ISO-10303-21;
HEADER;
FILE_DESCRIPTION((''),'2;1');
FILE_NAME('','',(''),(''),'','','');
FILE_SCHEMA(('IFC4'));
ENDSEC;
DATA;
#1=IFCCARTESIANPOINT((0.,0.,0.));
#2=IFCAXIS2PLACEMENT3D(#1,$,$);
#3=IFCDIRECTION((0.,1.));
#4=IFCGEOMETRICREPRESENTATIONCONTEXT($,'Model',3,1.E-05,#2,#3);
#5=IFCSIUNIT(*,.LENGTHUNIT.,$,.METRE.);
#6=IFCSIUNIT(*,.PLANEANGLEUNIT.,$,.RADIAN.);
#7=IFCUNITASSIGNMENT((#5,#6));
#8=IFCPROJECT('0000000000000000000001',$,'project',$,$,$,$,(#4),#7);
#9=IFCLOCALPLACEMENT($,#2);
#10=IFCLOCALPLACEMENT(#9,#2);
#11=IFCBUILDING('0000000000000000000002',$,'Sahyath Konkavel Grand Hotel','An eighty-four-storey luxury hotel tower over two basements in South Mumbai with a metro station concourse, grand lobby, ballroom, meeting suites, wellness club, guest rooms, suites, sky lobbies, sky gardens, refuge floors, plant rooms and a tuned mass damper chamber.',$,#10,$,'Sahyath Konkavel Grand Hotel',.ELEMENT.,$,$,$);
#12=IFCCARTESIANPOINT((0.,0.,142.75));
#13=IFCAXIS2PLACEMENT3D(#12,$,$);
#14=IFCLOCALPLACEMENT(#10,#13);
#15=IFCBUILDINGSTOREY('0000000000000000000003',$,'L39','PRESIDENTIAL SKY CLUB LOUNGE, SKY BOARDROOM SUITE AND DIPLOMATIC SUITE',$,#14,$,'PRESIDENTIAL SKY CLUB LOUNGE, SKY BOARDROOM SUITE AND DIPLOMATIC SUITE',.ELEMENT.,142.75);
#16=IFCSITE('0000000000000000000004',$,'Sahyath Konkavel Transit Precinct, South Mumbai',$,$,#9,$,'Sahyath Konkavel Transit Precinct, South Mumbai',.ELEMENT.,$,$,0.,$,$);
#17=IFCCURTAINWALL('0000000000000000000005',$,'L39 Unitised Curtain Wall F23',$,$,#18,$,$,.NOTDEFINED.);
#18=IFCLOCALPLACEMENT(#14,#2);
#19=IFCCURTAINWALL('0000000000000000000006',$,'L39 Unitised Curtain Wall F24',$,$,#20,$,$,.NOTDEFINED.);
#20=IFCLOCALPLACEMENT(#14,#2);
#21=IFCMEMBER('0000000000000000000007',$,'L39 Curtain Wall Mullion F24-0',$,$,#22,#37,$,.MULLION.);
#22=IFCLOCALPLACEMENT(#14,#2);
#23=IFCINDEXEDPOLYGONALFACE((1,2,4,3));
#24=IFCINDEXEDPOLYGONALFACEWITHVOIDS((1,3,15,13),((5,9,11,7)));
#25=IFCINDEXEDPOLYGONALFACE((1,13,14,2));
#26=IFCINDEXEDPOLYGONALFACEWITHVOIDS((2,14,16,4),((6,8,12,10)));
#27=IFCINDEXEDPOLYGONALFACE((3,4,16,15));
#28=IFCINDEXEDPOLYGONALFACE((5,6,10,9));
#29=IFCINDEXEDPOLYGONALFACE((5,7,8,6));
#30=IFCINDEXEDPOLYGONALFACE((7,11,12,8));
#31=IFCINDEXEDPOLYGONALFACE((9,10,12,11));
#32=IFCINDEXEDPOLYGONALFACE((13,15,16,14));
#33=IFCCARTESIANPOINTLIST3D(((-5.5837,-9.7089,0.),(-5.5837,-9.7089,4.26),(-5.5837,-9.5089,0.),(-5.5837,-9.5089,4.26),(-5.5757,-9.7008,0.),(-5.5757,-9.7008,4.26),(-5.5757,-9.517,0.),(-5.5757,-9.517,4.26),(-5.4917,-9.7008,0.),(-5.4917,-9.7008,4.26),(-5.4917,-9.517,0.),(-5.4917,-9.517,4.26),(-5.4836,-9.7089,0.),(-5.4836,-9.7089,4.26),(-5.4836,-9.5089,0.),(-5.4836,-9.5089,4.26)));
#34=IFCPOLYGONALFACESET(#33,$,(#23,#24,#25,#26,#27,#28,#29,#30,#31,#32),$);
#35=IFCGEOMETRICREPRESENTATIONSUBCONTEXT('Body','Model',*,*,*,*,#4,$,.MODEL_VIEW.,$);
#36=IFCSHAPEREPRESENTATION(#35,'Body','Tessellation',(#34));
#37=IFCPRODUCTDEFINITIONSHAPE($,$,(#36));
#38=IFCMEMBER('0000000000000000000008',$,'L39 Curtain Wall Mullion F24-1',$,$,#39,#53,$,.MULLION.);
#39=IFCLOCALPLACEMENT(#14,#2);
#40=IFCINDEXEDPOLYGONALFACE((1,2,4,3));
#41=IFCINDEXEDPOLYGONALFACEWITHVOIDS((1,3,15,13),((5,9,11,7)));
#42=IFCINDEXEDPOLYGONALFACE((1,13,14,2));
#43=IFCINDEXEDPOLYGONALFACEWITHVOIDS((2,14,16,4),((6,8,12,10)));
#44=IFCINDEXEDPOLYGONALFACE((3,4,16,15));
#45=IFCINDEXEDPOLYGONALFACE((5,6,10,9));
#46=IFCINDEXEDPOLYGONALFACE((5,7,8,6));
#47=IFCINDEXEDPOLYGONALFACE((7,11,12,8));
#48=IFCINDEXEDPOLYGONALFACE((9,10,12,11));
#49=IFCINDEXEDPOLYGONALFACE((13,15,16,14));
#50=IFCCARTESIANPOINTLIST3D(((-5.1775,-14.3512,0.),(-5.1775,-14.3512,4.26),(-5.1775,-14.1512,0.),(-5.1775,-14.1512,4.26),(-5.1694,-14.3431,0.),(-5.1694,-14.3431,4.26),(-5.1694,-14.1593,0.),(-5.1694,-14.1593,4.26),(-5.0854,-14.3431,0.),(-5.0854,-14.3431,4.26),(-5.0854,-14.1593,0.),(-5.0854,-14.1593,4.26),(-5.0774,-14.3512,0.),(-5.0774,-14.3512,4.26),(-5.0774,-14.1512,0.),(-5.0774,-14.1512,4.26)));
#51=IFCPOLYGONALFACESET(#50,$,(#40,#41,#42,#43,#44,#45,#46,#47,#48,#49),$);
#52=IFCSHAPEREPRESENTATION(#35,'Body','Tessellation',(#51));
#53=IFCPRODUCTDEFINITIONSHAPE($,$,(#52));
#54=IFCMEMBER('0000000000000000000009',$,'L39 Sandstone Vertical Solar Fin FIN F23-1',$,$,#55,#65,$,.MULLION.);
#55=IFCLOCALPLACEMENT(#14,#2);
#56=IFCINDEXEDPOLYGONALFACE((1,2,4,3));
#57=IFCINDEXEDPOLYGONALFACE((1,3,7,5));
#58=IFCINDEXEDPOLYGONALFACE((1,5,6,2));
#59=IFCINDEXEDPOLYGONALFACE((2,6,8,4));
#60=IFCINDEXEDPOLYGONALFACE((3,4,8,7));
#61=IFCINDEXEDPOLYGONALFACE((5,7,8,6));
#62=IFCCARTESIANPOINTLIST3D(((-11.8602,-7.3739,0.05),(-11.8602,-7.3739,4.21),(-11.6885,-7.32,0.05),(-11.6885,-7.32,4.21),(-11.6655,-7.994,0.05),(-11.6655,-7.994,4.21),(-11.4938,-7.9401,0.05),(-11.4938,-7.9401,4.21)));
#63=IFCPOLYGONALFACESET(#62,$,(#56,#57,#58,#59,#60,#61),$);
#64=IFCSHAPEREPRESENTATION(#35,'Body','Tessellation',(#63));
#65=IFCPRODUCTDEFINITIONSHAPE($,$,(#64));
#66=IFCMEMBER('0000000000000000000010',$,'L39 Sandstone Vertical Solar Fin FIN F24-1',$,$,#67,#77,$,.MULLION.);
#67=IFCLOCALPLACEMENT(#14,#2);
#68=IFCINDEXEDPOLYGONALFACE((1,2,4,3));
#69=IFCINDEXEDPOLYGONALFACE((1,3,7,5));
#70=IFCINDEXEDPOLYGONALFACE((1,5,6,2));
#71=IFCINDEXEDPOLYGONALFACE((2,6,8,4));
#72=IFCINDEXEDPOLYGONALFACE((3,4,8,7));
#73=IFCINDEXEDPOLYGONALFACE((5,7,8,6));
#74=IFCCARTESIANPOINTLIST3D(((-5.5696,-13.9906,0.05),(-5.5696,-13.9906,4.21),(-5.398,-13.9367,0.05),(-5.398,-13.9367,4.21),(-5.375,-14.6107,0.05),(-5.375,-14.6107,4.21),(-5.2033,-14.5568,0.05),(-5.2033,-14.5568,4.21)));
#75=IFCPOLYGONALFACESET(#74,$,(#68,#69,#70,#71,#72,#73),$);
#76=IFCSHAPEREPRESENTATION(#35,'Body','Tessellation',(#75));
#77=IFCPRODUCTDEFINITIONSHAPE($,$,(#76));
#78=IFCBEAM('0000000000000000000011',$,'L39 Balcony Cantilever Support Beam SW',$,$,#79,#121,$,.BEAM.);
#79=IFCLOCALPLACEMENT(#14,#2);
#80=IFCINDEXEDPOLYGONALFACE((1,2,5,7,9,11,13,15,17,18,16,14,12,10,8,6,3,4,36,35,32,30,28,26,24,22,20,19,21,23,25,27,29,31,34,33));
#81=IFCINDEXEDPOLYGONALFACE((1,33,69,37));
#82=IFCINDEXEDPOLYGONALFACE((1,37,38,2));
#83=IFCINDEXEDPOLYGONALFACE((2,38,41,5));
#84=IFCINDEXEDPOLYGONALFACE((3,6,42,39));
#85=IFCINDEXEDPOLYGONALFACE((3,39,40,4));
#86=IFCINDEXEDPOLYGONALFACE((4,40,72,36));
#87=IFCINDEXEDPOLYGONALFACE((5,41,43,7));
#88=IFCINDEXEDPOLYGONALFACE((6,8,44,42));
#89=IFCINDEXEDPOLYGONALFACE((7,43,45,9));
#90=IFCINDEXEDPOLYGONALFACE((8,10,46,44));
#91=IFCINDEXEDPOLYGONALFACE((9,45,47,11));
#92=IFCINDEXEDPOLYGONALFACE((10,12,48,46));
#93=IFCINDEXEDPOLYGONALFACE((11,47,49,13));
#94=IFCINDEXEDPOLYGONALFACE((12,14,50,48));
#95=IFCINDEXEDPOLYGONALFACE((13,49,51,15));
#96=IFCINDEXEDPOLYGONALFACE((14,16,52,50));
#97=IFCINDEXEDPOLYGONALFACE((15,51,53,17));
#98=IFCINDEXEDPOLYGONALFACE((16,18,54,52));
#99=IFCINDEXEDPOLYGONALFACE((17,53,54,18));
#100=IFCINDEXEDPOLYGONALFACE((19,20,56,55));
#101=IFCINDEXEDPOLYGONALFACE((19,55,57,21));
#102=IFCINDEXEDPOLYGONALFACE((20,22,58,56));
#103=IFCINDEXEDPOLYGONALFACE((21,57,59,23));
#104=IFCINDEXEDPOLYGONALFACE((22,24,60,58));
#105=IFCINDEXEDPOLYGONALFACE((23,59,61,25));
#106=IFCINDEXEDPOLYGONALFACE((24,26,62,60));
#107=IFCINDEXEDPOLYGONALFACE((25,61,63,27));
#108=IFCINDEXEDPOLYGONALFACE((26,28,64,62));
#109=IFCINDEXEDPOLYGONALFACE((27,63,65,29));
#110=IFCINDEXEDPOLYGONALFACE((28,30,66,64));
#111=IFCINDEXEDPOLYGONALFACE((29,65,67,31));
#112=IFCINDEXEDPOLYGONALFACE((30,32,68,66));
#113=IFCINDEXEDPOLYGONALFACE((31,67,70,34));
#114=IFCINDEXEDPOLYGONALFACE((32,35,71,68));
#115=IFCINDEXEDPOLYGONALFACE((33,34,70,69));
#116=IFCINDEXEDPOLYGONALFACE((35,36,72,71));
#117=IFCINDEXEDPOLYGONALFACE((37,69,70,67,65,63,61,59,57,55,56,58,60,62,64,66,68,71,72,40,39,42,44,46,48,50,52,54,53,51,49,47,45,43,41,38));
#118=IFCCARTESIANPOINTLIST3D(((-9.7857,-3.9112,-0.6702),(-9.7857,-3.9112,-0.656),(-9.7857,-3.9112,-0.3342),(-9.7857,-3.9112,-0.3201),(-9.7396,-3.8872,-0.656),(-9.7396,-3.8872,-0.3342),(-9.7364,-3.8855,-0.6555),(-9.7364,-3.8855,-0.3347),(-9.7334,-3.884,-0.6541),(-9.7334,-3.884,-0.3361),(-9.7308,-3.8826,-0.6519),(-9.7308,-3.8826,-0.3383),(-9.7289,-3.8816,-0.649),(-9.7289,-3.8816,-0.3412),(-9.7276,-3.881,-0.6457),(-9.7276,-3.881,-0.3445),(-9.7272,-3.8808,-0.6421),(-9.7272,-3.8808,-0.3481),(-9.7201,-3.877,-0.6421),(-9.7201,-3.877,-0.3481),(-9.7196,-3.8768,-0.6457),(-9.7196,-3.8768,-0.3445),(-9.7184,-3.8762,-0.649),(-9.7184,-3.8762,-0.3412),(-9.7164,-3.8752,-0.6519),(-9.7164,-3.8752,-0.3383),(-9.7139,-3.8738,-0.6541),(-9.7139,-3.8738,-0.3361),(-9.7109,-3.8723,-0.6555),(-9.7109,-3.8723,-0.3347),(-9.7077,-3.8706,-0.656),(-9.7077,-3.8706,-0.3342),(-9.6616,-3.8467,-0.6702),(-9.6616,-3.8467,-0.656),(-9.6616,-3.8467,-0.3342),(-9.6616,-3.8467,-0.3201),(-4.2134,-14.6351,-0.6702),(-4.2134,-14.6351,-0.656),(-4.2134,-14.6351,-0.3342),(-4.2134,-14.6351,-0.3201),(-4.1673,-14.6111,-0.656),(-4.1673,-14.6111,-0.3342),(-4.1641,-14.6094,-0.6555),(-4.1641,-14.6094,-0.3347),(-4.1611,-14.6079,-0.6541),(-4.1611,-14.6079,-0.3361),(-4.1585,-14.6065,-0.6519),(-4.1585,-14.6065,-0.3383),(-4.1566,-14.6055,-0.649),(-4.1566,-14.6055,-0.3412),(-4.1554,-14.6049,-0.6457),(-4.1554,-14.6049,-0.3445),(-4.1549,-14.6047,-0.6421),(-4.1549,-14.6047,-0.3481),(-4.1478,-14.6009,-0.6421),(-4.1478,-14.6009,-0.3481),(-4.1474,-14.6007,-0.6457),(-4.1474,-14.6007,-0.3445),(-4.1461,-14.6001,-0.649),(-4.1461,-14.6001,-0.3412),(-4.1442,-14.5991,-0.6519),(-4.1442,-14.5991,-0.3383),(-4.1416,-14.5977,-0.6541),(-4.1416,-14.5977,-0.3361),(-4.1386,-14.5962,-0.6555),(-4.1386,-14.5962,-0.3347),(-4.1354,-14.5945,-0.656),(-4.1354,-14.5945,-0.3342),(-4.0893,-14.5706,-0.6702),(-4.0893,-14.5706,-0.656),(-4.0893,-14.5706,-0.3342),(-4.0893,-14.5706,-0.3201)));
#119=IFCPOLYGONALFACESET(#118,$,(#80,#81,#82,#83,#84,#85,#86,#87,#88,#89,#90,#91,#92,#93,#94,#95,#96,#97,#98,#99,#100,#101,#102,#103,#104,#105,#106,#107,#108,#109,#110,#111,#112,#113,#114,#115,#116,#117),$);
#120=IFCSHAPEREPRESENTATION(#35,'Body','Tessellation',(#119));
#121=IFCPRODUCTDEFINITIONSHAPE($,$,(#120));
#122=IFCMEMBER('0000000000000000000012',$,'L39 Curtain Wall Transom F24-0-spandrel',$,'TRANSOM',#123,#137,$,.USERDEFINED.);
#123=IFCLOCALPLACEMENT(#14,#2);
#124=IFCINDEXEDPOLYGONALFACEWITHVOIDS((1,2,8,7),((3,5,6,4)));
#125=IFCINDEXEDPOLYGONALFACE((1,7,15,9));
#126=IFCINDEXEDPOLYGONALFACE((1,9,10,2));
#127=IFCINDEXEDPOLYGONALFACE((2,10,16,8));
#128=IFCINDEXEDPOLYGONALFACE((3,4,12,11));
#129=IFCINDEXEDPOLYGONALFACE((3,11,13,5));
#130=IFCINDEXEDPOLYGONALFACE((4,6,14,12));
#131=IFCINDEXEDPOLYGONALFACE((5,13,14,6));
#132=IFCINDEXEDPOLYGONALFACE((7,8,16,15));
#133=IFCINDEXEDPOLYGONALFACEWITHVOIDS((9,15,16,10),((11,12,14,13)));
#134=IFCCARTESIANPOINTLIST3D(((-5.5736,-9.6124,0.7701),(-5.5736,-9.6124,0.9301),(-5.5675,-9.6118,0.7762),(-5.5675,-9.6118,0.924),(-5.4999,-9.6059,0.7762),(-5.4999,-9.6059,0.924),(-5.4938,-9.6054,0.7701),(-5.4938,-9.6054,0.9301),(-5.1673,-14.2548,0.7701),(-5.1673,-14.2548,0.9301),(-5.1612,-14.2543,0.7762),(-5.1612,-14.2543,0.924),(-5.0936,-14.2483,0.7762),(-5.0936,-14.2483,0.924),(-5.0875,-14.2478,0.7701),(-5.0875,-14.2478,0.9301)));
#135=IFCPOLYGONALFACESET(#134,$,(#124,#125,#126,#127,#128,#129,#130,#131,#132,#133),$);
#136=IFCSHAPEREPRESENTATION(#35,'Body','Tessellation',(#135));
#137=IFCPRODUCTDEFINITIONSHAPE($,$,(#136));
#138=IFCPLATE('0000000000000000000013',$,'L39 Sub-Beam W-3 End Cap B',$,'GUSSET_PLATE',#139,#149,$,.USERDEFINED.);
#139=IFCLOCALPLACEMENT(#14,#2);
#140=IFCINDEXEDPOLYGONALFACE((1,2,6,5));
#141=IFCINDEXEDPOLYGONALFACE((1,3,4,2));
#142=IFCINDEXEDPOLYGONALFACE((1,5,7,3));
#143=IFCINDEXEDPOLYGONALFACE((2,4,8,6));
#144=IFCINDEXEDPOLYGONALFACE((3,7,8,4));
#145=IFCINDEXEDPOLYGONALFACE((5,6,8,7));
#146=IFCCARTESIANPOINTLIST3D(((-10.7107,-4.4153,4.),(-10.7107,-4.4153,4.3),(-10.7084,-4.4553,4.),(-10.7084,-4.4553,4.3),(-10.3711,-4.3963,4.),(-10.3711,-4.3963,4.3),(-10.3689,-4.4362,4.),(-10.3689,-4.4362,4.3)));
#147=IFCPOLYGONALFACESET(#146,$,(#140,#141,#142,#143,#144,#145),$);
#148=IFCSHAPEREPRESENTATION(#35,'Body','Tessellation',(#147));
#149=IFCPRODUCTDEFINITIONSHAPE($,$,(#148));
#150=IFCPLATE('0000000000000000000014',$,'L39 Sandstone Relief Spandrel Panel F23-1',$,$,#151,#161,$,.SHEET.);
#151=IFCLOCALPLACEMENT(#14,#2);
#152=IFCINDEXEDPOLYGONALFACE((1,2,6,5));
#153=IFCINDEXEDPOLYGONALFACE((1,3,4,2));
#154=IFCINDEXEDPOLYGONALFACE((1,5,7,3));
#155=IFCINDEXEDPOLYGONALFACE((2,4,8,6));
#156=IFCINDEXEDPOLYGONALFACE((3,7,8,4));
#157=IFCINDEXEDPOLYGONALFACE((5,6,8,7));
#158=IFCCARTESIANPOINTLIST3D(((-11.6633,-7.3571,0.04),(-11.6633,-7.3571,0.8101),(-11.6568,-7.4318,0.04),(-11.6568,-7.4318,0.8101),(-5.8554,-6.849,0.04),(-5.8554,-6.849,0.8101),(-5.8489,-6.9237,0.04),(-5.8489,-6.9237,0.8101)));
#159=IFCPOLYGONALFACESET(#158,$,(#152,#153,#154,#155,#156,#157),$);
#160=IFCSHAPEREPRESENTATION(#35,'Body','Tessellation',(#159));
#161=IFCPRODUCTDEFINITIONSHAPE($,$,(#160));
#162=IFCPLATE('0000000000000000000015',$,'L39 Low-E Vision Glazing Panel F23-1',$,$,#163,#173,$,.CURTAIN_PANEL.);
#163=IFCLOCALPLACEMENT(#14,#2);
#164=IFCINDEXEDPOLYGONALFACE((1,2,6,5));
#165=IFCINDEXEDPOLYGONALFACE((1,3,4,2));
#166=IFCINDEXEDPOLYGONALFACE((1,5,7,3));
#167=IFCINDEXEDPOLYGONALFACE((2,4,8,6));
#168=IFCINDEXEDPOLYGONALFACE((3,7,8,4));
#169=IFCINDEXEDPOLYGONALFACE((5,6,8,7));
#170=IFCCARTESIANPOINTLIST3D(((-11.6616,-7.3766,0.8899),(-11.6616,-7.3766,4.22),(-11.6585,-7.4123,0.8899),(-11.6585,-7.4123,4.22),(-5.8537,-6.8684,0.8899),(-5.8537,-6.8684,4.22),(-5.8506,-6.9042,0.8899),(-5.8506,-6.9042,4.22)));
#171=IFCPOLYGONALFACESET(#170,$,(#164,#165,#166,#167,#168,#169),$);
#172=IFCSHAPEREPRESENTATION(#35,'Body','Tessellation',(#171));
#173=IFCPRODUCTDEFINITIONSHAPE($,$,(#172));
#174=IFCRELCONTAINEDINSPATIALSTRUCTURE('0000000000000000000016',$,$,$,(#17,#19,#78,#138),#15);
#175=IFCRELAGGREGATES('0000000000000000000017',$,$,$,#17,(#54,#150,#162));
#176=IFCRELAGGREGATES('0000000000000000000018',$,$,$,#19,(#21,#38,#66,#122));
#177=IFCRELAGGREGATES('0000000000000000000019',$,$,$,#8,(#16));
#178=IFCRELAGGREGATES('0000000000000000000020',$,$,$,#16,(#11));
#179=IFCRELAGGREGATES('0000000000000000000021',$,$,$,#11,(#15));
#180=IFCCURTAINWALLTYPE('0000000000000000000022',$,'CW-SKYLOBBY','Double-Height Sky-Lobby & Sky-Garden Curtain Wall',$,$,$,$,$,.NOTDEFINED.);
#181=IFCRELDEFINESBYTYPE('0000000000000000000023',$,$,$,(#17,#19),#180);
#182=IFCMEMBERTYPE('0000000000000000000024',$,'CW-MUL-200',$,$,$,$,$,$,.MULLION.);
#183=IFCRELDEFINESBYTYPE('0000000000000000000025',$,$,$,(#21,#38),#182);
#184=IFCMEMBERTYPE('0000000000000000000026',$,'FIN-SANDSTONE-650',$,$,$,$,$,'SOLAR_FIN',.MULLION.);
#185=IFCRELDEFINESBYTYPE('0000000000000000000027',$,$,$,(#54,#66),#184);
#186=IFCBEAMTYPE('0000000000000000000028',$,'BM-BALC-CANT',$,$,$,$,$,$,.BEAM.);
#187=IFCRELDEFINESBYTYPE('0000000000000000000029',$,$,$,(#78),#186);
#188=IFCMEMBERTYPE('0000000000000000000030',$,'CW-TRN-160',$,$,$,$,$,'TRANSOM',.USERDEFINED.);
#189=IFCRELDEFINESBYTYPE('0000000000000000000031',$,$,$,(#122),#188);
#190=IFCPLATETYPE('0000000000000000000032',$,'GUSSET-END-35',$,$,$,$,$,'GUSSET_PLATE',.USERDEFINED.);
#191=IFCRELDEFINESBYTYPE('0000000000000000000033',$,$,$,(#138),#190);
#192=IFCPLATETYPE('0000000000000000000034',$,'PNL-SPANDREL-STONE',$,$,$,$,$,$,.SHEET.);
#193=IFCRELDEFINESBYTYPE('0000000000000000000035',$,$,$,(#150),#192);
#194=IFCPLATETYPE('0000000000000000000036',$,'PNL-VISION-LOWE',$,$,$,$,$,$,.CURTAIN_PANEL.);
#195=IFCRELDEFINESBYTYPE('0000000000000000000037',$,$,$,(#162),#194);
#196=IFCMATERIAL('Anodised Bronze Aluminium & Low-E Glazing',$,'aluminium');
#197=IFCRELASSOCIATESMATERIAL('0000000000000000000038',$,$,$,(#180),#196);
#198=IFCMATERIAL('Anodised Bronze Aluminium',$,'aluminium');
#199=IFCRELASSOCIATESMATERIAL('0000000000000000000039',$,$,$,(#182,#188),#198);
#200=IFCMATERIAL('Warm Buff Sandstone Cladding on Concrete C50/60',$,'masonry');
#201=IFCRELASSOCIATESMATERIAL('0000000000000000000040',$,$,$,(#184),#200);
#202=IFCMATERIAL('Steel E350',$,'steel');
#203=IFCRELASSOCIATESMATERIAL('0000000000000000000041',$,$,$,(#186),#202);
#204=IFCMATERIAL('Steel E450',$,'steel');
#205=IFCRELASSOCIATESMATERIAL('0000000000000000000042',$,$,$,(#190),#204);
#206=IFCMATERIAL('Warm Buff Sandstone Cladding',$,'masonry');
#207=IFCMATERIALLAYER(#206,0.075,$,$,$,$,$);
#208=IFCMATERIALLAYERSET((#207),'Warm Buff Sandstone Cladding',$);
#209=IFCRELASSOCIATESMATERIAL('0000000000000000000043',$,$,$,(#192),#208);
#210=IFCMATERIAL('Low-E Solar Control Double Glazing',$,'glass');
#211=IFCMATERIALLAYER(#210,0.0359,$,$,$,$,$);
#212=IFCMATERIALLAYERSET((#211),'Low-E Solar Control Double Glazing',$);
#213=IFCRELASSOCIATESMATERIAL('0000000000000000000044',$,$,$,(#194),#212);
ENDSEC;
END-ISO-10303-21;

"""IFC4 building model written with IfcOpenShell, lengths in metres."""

from ifc_helpers import new_model, si_unit, direction, frame, origin, origin_2d, place, context, subcontext, project, spatial, rectangle, hollow_rectangle, i_section, extrude, source, transform, mapped, material, layer, layer_set, material_profile, profile_set, type_object, element, aggregate, save


model = new_model("IFC4")

# Units and contexts
model_context = context("Model", 3, precision=1e-05, world=origin(), true_north=direction((0.0, 1.0)))
body_context = subcontext(model_context, "Body", "Model", "MODEL_VIEW")
ifc_project = project(units=[si_unit("LENGTHUNIT", "METRE"), si_unit("PLANEANGLEUNIT", "RADIAN")], contexts=[model_context])

# Site, building, storey
site_placement = place(None, origin())
site = spatial("IfcSite", under=ifc_project, at=site_placement, Name="Sahyath Konkavel Transit Precinct, South Mumbai", LongName="Sahyath Konkavel Transit Precinct, South Mumbai", CompositionType="ELEMENT", RefElevation=0.0)
building_placement = place(site_placement, origin())
building = spatial("IfcBuilding", under=site, at=building_placement, Name="Sahyath Konkavel Grand Hotel", Description="An eighty-four-storey luxury hotel tower over two basements in South Mumbai with a metro station concourse, grand lobby, ballroom, meeting suites, wellness club, guest rooms, suites, sky lobbies, sky gardens, refuge floors, plant rooms and a tuned mass damper chamber.", LongName="Sahyath Konkavel Grand Hotel", CompositionType="ELEMENT")
storey_placement = place(building_placement, frame((0.0, 0.0, 142.75)))
storey = spatial("IfcBuildingStorey", under=building, at=storey_placement, Name="L39", Description="PRESIDENTIAL SKY CLUB LOUNGE, SKY BOARDROOM SUITE AND DIPLOMATIC SUITE", LongName="PRESIDENTIAL SKY CLUB LOUNGE, SKY BOARDROOM SUITE AND DIPLOMATIC SUITE", CompositionType="ELEMENT", Elevation=142.75)

# Shared definitions
ifc_material_1 = material(Name="Steel E350", Category="steel")

# Curtain wall
ifc_material_2 = material(Name="Anodised Bronze Aluminium & Low-E Glazing", Category="aluminium")
curtain_wall_type = type_object("IfcCurtainWallType", Name="CW-SKYLOBBY", Description="Double-Height Sky-Lobby & Sky-Garden Curtain Wall", PredefinedType="NOTDEFINED", material=ifc_material_2)
curtain_wall_1_placement = place(storey_placement, origin())
curtain_wall_1 = element("IfcCurtainWall", 1, at=curtain_wall_1_placement, inside=storey, type_object=curtain_wall_type, Name="L39 Unitised Curtain Wall F23", PredefinedType="NOTDEFINED")
ifc_material_3 = material(Name="Anodised Bronze Aluminium", Category="aluminium")
ifc_material_profile_1 = material_profile(ifc_material_3, hollow_rectangle(XDim=0.1001, YDim=0.2, WallThickness=0.0081, at=origin_2d()), Name="RHS 200x100x8")
ifc_profile_set_1 = profile_set([ifc_material_profile_1], Name="Anodised Bronze Aluminium")
member_type_1 = type_object("IfcMemberType", Name="CW-MUL-200", PredefinedType="MULLION", material=ifc_profile_set_1)
shared_shape_1 = source(origin(), body_context, "Body", "SweptSolid", [
    extrude(hollow_rectangle(XDim=0.1001, YDim=0.2, WallThickness=0.0081, at=origin_2d()), origin(), (0.0, 0.0, 1.0), 4.26),
])

# Curtain wall, members
curtain_wall_2_placement = place(storey_placement, origin())
curtain_wall_2 = element("IfcCurtainWall", 2, at=curtain_wall_2_placement, inside=storey, type_object=curtain_wall_type, Name="L39 Unitised Curtain Wall F24", PredefinedType="NOTDEFINED")
member_1_placement = place(storey_placement, frame((-5.5337, -9.6089, 0.0), z_axis=(0.0, 0.0, 1.0), x_axis=(1.0, 0.0, 0.0)))
member_1 = element("IfcMember", 3, at=member_1_placement, type_object=member_type_1, Name="L39 Curtain Wall Mullion F24-0", PredefinedType="MULLION", context=body_context, shape_type="MappedRepresentation", body=[
    mapped(shared_shape_1, transform((0.0, 0.0, 0.0), scale=1.0)),
])
member_2_placement = place(storey_placement, frame((-5.1274, -14.2512, 0.0), z_axis=(0.0, 0.0, 1.0), x_axis=(1.0, 0.0, 0.0)))
member_2 = element("IfcMember", 4, at=member_2_placement, type_object=member_type_1, Name="L39 Curtain Wall Mullion F24-1", PredefinedType="MULLION", context=body_context, shape_type="MappedRepresentation", body=[
    mapped(shared_shape_1, transform((0.0, 0.0, 0.0), scale=1.0)),
])

# Members
ifc_material_4 = material(Name="Warm Buff Sandstone Cladding on Concrete C50/60", Category="masonry")
ifc_material_profile_2 = material_profile(ifc_material_4, rectangle(XDim=0.1799, YDim=0.6499, at=origin_2d()), Name="FIN 180x650")
ifc_profile_set_2 = profile_set([ifc_material_profile_2], Name="Warm Buff Sandstone Cladding on Concrete C50/60")
member_type_2 = type_object("IfcMemberType", Name="FIN-SANDSTONE-650", ElementType="SOLAR_FIN", PredefinedType="MULLION", material=ifc_profile_set_2)
shared_shape_2 = source(origin(), body_context, "Body", "SweptSolid", [
    extrude(rectangle(XDim=0.1799, YDim=0.6499, at=origin_2d()), origin(), (0.0, 0.0, 1.0), 4.1599),
])
member_3_placement = place(storey_placement, frame((-11.677, -7.657, 0.05), z_axis=(0.0, 0.0, 1.0), x_axis=(0.954084, 0.29954, 0.0)))
member_3 = element("IfcMember", 5, at=member_3_placement, type_object=member_type_2, Name="L39 Sandstone Vertical Solar Fin FIN F23-1", PredefinedType="MULLION", context=body_context, shape_type="MappedRepresentation", body=[
    mapped(shared_shape_2, transform((0.0, 0.0, 0.0), scale=1.0)),
])
member_4_placement = place(storey_placement, frame((-5.3865, -14.2737, 0.05), z_axis=(0.0, 0.0, 1.0), x_axis=(0.954084, 0.29954, 0.0)))
member_4 = element("IfcMember", 6, at=member_4_placement, type_object=member_type_2, Name="L39 Sandstone Vertical Solar Fin FIN F24-1", PredefinedType="MULLION", context=body_context, shape_type="MappedRepresentation", body=[
    mapped(shared_shape_2, transform((0.0, 0.0, 0.0), scale=1.0)),
])

# Beam
ifc_material_profile_3 = material_profile(ifc_material_1, i_section(OverallWidth=0.1399, OverallDepth=0.3501, WebThickness=0.0081, FlangeThickness=0.0142, FilletRadius=0.0139, at=origin_2d()), Name="ISMB 350")
ifc_profile_set_3 = profile_set([ifc_material_profile_3], Name="Steel E350")
beam_type_1 = type_object("IfcBeamType", Name="BM-BALC-CANT", PredefinedType="BEAM", material=ifc_profile_set_3)
shared_shape_3 = source(origin(), body_context, "Body", "SweptSolid", [
    extrude(i_section(OverallWidth=0.1399, OverallDepth=0.3501, WebThickness=0.0081, FlangeThickness=0.0142, FilletRadius=0.0139, at=origin_2d()), origin(), (0.0, 0.0, 1.0), 12.0852),
])
beam_1_placement = place(storey_placement, frame((-9.7236, -3.8789, -0.4951), z_axis=(0.461082, -0.887357, 0.0), x_axis=(0.887357, 0.461082, 0.0)))
element("IfcBeam", 7, at=beam_1_placement, inside=storey, type_object=beam_type_1, Name="L39 Balcony Cantilever Support Beam SW", PredefinedType="BEAM", context=body_context, shape_type="MappedRepresentation", body=[
    mapped(shared_shape_3, transform((0.0, 0.0, 0.0), scale=1.0)),
])

# Member
ifc_material_profile_4 = material_profile(ifc_material_3, hollow_rectangle(XDim=0.0801, YDim=0.1599, WallThickness=0.0061, at=origin_2d()), Name="RHS 160x80x6")
ifc_profile_set_4 = profile_set([ifc_material_profile_4], Name="Anodised Bronze Aluminium")
member_type_3 = type_object("IfcMemberType", Name="CW-TRN-160", ElementType="TRANSOM", PredefinedType="USERDEFINED", material=ifc_profile_set_4)
shared_shape_4 = source(origin(), body_context, "Body", "SweptSolid", [
    extrude(hollow_rectangle(XDim=0.0801, YDim=0.1599, WallThickness=0.0061, at=origin_2d()), origin(), (0.0, 0.0, 1.0), 4.6602),
])
member_5_placement = place(storey_placement, frame((-5.5337, -9.6089, 0.8501), z_axis=(0.087177, -0.996193, 0.0), x_axis=(0.996193, 0.087177, 0.0)))
member_5 = element("IfcMember", 8, at=member_5_placement, type_object=member_type_3, Name="L39 Curtain Wall Transom F24-0-spandrel", ObjectType="TRANSOM", PredefinedType="USERDEFINED", context=body_context, shape_type="MappedRepresentation", body=[
    mapped(shared_shape_4, transform((0.0, 0.0, 0.0), scale=1.0)),
])

# Plates
ifc_material_5 = material(Name="Steel E450", Category="steel")
plate_type_1 = type_object("IfcPlateType", Name="GUSSET-END-35", ElementType="GUSSET_PLATE", PredefinedType="USERDEFINED", material=ifc_material_5)
shared_shape_5 = source(origin(), body_context, "Body", "SweptSolid", [
    extrude(rectangle(XDim=0.04, YDim=0.3401, at=origin_2d()), origin(), (0.0, 0.0, 1.0), 0.3),
])
plate_1_placement = place(storey_placement, frame((-10.5398, -4.4258, 4.0), z_axis=(0.0, 0.0, 1.0), x_axis=(0.056083, -0.998426, 0.0)))
element("IfcPlate", 9, at=plate_1_placement, inside=storey, type_object=plate_type_1, Name="L39 Sub-Beam W-3 End Cap B", ObjectType="GUSSET_PLATE", PredefinedType="USERDEFINED", context=body_context, shape_type="MappedRepresentation", body=[
    mapped(shared_shape_5, transform((0.0, 0.0, 0.0), scale=1.0)),
])
ifc_material_6 = material(Name="Warm Buff Sandstone Cladding", Category="masonry")
ifc_layer_1 = layer(ifc_material_6, 0.075)
ifc_layer_set_1 = layer_set([ifc_layer_1], Name="Warm Buff Sandstone Cladding")
plate_type_2 = type_object("IfcPlateType", Name="PNL-SPANDREL-STONE", PredefinedType="SHEET", material=ifc_layer_set_1)
shared_shape_6 = source(origin(), body_context, "Body", "SweptSolid", [
    extrude(rectangle(XDim=5.8301, YDim=0.075, at=origin_2d()), origin(), (0.0, 0.0, 1.0), 0.77),
])
plate_2_placement = place(storey_placement, frame((-8.7561, -7.1404, 0.04), z_axis=(0.0, 0.0, 1.0), x_axis=(0.996195, 0.087156, 0.0)))
plate_2 = element("IfcPlate", 10, at=plate_2_placement, type_object=plate_type_2, Name="L39 Sandstone Relief Spandrel Panel F23-1", PredefinedType="SHEET", context=body_context, shape_type="MappedRepresentation", body=[
    mapped(shared_shape_6, transform((0.0, 0.0, 0.0), scale=1.0)),
])
ifc_material_7 = material(Name="Low-E Solar Control Double Glazing", Category="glass")
ifc_layer_2 = layer(ifc_material_7, 0.0359)
ifc_layer_set_2 = layer_set([ifc_layer_2], Name="Low-E Solar Control Double Glazing")
plate_type_3 = type_object("IfcPlateType", Name="PNL-VISION-LOWE", PredefinedType="CURTAIN_PANEL", material=ifc_layer_set_2)
shared_shape_7 = source(origin(), body_context, "Body", "SweptSolid", [
    extrude(rectangle(XDim=5.8301, YDim=0.0359, at=origin_2d()), origin(), (0.0, 0.0, 1.0), 3.3301),
])
plate_3_placement = place(storey_placement, frame((-8.7561, -7.1404, 0.8899), z_axis=(0.0, 0.0, 1.0), x_axis=(0.996195, 0.087156, 0.0)))
plate_3 = element("IfcPlate", 11, at=plate_3_placement, type_object=plate_type_3, Name="L39 Low-E Vision Glazing Panel F23-1", PredefinedType="CURTAIN_PANEL", context=body_context, shape_type="MappedRepresentation", body=[
    mapped(shared_shape_7, transform((0.0, 0.0, 0.0), scale=1.0)),
])
aggregate(curtain_wall_1, [member_3, plate_2, plate_3])
aggregate(curtain_wall_2, [member_1, member_2, member_4, member_5])

save(model, "model.ifc")
